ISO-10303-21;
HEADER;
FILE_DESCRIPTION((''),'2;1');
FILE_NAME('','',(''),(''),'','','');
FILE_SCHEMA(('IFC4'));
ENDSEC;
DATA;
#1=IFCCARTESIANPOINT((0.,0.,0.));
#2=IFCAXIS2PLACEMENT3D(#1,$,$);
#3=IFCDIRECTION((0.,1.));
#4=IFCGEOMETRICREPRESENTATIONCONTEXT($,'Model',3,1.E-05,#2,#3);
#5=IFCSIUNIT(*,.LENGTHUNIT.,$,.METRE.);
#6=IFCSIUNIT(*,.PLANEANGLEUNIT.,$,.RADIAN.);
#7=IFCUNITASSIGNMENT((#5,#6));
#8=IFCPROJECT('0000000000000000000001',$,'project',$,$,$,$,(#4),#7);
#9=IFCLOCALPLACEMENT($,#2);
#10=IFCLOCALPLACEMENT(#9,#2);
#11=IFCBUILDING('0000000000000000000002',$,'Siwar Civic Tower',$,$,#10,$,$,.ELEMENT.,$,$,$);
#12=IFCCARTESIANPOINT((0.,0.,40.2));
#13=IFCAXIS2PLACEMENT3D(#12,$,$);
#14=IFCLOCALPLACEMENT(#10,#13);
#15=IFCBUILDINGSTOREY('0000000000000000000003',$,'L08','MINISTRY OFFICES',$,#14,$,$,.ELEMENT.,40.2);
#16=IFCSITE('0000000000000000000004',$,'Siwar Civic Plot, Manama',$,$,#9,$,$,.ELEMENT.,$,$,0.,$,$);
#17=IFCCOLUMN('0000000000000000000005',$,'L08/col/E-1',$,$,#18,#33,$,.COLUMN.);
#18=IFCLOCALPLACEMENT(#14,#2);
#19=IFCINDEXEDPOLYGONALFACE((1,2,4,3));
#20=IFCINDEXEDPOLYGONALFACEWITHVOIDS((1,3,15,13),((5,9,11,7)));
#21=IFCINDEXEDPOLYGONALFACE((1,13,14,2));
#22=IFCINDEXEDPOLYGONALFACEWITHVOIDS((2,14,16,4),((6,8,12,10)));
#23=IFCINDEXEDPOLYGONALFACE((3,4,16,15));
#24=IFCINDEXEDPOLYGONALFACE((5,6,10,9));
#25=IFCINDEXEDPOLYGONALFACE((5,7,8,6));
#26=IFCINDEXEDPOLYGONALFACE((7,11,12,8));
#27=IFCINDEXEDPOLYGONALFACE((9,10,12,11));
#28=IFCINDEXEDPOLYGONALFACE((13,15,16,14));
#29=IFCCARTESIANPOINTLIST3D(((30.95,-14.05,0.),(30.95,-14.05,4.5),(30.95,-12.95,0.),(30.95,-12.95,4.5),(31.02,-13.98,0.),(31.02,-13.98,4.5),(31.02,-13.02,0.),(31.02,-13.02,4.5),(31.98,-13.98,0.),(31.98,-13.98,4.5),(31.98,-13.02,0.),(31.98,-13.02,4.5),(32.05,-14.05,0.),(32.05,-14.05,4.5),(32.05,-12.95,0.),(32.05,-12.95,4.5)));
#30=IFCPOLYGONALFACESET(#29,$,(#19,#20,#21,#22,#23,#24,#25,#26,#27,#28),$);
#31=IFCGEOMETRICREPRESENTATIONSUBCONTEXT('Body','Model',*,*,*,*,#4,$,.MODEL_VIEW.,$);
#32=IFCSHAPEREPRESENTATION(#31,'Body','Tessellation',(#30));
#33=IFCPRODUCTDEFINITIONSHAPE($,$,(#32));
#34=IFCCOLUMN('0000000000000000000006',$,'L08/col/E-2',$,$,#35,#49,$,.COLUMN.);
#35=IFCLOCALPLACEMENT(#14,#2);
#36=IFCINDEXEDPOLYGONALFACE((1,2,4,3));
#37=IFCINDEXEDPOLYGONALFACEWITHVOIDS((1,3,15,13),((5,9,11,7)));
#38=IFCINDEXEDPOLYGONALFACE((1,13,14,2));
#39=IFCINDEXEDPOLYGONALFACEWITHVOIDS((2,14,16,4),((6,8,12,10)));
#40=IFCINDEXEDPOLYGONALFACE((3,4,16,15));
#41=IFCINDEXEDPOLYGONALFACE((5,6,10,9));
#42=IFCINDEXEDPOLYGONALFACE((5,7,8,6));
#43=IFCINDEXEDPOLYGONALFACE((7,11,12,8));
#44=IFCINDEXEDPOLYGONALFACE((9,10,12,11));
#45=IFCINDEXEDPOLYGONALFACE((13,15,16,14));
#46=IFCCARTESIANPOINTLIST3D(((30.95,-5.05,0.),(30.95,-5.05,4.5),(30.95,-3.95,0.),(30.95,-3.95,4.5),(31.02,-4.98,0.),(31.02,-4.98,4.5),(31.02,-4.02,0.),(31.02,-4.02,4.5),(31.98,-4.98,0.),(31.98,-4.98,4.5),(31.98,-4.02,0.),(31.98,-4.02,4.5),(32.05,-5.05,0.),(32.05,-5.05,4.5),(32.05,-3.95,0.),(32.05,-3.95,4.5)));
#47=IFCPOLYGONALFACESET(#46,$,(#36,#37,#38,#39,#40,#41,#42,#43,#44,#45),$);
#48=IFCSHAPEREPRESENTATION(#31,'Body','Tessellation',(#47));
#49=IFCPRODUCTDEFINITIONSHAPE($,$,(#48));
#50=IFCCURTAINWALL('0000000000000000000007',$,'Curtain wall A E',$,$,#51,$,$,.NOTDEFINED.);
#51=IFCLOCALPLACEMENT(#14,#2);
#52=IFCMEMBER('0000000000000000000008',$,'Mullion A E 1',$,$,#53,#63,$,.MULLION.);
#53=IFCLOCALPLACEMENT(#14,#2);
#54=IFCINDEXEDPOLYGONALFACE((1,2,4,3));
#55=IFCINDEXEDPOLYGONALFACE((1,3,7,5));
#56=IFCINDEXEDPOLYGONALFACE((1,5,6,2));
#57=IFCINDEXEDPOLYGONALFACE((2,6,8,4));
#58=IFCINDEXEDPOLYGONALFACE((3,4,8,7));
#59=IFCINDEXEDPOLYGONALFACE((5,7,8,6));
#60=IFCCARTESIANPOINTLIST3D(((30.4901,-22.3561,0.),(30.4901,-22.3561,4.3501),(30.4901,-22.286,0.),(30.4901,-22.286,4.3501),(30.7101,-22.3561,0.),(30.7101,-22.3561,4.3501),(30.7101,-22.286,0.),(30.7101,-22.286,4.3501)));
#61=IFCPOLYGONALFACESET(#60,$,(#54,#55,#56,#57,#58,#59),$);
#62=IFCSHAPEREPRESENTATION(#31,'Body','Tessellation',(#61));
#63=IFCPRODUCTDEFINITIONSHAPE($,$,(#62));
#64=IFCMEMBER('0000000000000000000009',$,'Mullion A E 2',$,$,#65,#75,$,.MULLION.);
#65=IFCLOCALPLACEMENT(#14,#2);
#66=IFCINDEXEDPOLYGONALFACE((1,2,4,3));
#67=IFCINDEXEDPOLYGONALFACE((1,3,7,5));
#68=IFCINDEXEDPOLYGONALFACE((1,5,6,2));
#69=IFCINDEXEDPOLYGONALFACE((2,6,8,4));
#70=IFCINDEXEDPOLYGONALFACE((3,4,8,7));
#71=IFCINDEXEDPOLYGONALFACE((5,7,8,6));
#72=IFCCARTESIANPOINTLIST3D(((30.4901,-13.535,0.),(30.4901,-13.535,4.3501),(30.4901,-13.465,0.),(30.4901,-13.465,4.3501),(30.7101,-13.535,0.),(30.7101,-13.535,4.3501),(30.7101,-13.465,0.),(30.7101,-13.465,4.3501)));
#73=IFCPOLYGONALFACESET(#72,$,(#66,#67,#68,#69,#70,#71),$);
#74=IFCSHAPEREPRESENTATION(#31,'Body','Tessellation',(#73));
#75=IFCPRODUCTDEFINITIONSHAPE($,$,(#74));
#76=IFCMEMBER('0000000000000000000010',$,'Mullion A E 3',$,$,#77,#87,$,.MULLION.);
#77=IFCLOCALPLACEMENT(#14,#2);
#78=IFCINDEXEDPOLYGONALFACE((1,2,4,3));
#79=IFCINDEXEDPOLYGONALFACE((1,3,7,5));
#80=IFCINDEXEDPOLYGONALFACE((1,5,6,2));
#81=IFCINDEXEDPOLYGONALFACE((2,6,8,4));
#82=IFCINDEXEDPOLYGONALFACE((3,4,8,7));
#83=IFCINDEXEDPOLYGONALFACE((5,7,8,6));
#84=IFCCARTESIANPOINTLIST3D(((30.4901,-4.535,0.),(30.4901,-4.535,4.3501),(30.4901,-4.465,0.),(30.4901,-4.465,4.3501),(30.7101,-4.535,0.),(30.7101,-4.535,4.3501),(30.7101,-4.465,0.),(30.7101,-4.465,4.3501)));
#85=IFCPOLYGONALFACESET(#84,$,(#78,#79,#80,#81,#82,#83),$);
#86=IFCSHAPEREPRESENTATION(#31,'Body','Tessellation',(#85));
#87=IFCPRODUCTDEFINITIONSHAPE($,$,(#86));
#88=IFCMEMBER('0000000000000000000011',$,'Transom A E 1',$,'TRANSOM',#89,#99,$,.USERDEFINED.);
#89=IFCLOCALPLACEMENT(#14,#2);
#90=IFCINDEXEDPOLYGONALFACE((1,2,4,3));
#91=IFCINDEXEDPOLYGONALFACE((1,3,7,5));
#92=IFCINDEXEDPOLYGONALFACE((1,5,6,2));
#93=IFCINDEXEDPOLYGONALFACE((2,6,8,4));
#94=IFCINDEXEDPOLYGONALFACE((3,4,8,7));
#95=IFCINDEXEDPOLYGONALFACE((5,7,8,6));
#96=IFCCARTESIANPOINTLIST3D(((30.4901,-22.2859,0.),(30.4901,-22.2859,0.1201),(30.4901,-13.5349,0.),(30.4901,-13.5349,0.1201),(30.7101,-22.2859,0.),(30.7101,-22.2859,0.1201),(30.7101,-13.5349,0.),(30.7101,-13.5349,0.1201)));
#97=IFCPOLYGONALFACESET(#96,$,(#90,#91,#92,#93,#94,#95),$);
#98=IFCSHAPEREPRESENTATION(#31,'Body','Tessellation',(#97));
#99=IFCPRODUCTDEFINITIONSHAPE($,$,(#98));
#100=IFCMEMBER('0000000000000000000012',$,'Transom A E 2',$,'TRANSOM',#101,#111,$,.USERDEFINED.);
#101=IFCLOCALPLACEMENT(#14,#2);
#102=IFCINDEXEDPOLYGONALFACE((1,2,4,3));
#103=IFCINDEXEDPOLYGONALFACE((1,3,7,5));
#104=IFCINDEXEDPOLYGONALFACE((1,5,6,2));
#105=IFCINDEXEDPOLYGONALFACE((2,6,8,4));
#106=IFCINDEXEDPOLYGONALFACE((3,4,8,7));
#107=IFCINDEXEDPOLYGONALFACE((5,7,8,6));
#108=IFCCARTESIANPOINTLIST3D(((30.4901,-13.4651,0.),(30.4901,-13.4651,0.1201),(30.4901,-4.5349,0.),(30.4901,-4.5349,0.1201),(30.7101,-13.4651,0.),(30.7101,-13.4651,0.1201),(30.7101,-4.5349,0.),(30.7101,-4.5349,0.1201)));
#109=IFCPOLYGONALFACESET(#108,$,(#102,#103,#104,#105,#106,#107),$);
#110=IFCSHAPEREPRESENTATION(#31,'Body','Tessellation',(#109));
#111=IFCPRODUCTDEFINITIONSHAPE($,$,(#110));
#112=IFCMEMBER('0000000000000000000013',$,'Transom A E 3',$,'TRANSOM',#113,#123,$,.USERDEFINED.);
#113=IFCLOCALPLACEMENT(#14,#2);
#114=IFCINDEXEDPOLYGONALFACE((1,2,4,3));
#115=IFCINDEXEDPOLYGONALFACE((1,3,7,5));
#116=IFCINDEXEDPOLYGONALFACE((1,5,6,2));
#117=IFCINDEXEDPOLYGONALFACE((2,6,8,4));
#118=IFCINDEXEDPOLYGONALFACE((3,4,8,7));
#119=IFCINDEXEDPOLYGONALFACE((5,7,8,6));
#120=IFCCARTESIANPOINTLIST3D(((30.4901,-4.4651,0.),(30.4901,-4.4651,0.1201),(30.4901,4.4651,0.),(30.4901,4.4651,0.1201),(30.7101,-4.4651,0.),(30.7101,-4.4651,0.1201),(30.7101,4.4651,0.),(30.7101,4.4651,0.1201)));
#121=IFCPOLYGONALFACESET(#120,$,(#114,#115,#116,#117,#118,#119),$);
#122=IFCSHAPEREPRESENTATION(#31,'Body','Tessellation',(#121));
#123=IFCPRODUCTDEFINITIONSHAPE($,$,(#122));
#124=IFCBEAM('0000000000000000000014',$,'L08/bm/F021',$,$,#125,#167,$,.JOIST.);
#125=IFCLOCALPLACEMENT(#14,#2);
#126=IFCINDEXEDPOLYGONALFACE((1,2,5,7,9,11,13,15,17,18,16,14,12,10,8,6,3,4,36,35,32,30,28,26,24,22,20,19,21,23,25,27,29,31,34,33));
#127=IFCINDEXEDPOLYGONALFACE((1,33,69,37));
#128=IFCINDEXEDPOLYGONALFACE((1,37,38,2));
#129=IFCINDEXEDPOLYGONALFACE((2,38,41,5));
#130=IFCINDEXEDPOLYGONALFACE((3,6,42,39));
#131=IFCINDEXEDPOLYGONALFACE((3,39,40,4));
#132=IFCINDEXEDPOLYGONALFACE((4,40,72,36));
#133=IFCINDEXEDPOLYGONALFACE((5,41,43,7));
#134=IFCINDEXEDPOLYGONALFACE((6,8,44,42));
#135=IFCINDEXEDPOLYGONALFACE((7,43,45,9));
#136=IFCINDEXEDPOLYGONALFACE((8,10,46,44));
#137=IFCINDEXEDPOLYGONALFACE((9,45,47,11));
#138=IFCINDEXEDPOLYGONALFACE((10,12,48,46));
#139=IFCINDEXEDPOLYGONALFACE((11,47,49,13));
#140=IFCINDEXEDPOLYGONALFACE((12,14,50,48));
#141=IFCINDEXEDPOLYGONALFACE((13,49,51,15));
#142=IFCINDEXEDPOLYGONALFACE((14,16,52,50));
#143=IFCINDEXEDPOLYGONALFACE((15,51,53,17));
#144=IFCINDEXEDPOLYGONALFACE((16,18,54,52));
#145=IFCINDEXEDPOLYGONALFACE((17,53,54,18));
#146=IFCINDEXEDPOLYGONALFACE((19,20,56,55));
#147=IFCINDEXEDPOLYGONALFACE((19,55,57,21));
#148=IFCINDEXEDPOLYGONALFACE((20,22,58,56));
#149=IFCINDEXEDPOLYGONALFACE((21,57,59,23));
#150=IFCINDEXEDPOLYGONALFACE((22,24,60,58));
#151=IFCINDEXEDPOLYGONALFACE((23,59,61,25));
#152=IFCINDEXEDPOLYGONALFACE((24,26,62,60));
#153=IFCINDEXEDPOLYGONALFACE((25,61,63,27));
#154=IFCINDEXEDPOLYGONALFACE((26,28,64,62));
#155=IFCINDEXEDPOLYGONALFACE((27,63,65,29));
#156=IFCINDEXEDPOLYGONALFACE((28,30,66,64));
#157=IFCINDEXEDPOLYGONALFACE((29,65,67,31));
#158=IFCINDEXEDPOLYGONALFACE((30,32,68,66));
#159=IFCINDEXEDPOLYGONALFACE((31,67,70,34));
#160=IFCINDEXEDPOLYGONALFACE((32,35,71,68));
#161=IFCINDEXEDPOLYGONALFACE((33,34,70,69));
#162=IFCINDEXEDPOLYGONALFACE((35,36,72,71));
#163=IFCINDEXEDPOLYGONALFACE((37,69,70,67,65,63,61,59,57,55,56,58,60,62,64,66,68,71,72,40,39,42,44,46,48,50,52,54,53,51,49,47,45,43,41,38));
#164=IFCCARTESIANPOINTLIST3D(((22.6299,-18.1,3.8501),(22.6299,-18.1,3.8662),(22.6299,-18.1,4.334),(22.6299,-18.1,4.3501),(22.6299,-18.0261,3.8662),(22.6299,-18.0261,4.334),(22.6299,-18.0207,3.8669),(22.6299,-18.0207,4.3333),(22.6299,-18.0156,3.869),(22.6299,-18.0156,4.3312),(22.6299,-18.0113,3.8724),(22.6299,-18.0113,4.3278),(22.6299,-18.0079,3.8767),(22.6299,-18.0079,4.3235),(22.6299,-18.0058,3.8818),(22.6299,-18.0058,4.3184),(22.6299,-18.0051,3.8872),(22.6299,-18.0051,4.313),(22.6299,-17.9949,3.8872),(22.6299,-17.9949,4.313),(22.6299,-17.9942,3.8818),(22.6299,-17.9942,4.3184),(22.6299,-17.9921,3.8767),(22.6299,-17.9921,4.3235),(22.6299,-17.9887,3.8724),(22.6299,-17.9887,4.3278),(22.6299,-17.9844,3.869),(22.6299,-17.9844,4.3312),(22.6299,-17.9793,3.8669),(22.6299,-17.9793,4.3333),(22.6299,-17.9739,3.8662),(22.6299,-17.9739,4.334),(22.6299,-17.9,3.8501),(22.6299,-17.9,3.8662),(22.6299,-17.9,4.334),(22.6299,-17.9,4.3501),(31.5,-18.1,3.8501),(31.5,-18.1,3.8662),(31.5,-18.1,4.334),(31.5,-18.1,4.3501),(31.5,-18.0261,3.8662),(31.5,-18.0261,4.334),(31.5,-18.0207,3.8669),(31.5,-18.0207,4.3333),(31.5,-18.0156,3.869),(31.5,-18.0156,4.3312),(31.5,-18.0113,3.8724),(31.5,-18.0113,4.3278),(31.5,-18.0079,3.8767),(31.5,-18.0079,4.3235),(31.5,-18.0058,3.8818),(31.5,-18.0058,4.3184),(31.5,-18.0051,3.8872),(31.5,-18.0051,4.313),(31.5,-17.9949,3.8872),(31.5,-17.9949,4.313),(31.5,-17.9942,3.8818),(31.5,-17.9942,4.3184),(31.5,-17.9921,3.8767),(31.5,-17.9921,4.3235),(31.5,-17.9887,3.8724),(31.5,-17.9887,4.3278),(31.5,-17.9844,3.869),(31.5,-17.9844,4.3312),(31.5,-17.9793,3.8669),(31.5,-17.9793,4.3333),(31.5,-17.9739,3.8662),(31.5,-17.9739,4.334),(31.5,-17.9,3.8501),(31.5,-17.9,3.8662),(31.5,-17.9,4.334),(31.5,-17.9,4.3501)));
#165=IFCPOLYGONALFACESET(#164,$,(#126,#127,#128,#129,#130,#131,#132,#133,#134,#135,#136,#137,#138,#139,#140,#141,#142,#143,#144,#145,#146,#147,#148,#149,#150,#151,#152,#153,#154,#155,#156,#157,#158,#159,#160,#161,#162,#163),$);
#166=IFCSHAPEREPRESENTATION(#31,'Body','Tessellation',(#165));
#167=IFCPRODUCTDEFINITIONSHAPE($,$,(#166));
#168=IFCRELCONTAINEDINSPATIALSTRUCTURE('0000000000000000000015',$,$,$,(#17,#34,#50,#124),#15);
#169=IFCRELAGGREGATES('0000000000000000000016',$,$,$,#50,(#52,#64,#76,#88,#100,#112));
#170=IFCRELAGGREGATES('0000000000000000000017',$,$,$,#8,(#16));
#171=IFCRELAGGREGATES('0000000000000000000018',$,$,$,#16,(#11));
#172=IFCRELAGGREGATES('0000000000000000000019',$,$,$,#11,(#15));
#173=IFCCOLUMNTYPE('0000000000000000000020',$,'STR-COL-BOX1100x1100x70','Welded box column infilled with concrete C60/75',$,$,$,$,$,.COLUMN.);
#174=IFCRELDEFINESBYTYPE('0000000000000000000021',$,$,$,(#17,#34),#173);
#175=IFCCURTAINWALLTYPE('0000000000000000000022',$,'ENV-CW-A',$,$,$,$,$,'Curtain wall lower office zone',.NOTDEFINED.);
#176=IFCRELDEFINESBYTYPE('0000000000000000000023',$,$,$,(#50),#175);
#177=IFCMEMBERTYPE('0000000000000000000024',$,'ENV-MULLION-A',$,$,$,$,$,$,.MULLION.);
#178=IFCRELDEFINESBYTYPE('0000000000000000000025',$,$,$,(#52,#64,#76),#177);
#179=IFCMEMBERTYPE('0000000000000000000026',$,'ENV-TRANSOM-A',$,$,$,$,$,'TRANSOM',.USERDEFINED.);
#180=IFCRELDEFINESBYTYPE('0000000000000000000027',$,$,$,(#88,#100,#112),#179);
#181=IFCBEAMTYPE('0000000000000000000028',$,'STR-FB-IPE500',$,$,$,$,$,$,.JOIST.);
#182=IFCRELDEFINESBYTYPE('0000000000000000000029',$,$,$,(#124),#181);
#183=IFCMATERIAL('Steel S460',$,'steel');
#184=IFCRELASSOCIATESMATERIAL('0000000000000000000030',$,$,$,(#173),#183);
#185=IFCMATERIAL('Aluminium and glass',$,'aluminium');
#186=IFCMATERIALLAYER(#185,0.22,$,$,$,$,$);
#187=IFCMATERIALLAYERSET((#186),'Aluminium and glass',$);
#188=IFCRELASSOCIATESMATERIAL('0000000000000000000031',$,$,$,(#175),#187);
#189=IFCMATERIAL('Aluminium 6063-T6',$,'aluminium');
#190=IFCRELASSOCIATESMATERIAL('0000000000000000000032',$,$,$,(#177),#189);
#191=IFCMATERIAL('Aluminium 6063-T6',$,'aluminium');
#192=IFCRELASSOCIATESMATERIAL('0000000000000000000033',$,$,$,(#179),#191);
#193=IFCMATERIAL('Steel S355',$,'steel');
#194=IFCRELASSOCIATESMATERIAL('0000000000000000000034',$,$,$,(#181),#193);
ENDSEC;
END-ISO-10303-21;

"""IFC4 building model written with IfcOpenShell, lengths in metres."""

from ifc_helpers import new_model, si_unit, direction, frame, origin, origin_2d, place, context, subcontext, project, spatial, rectangle, hollow_rectangle, i_section, extrude, material, layer, layer_set, material_profile, profile_set, type_object, element, aggregate, save


model = new_model("IFC4")

# Units and contexts
model_context = context("Model", 3, precision=1e-05, world=origin(), true_north=direction((0.0, 1.0)))
body_context = subcontext(model_context, "Body", "Model", "MODEL_VIEW")
ifc_project = project(units=[si_unit("LENGTHUNIT", "METRE"), si_unit("PLANEANGLEUNIT", "RADIAN")], contexts=[model_context])

# Site, building, storey
site_placement = place(None, origin())
site = spatial("IfcSite", under=ifc_project, at=site_placement, Name="Siwar Civic Plot, Manama", CompositionType="ELEMENT", RefElevation=0.0)
building_placement = place(site_placement, origin())
building = spatial("IfcBuilding", under=site, at=building_placement, Name="Siwar Civic Tower", CompositionType="ELEMENT")
storey_placement = place(building_placement, frame((0.0, 0.0, 40.2)))
storey = spatial("IfcBuildingStorey", under=building, at=storey_placement, Name="L08", Description="MINISTRY OFFICES", CompositionType="ELEMENT", Elevation=40.2)

# Columns
ifc_material_1 = material(Name="Steel S460", Category="steel")
ifc_material_profile_1 = material_profile(ifc_material_1, hollow_rectangle(XDim=1.1001, YDim=1.1001, WallThickness=0.0701, at=origin_2d()), Name="BOX1100x1100x70")
ifc_profile_set_1 = profile_set([ifc_material_profile_1], Name="Steel S460")
column_type = type_object("IfcColumnType", Name="STR-COL-BOX1100x1100x70", Description="Welded box column infilled with concrete C60/75", PredefinedType="COLUMN", material=ifc_profile_set_1)
for number, where, z_axis, x_axis, name in (
    (1, (31.5, -13.5, 0.0), (0.0, 0.0, 1.0), (1.0, 0.0, 0.0), "L08/col/E-1"),
    (2, (31.5, -4.5, 0.0), (0.0, 0.0, 1.0), (1.0, 0.0, 0.0), "L08/col/E-2"),
):
    element("IfcColumn", number, at=place(storey_placement, frame(where, z_axis=z_axis, x_axis=x_axis)), inside=storey, type_object=column_type, Name=name, PredefinedType="COLUMN", context=body_context, shape_type="SweptSolid", body=[
        extrude(hollow_rectangle(XDim=1.1001, YDim=1.1001, WallThickness=0.0701, at=origin_2d()), origin(), (0.0, 0.0, 1.0), 4.5),
    ])

# Curtain wall, members
ifc_material_2 = material(Name="Aluminium and glass", Category="aluminium")
ifc_layer_1 = layer(ifc_material_2, 0.22)
ifc_layer_set_1 = layer_set([ifc_layer_1], Name="Aluminium and glass")
curtain_wall_type = type_object("IfcCurtainWallType", Name="ENV-CW-A", ElementType="Curtain wall lower office zone", PredefinedType="NOTDEFINED", material=ifc_layer_set_1)
curtain_wall_placement = place(storey_placement, origin())
curtain_wall = element("IfcCurtainWall", 3, at=curtain_wall_placement, inside=storey, type_object=curtain_wall_type, Name="Curtain wall A E", PredefinedType="NOTDEFINED")
ifc_material_3 = material(Name="Aluminium 6063-T6", Category="aluminium")
ifc_material_profile_2 = material_profile(ifc_material_3, rectangle(XDim=0.22, YDim=0.0701, at=origin_2d()), Name="AL 220x70")
ifc_profile_set_2 = profile_set([ifc_material_profile_2], Name="Aluminium 6063-T6")
member_type_1 = type_object("IfcMemberType", Name="ENV-MULLION-A", PredefinedType="MULLION", material=ifc_profile_set_2)
member_1_placement = place(storey_placement, frame((30.6001, -22.321, 0.0), z_axis=(0.0, 0.0, 1.0), x_axis=(-1.0, 0.0, 0.0)))
member_1 = element("IfcMember", 4, at=member_1_placement, type_object=member_type_1, Name="Mullion A E 1", PredefinedType="MULLION", context=body_context, shape_type="SweptSolid", body=[
    extrude(rectangle(XDim=0.22, YDim=0.0701, at=origin_2d()), origin(), (0.0, 0.0, 1.0), 4.3501),
])
member_2_placement = place(storey_placement, frame((30.6001, -13.5, 0.0), z_axis=(0.0, 0.0, 1.0), x_axis=(-1.0, 0.0, 0.0)))
member_2 = element("IfcMember", 5, at=member_2_placement, type_object=member_type_1, Name="Mullion A E 2", PredefinedType="MULLION", context=body_context, shape_type="SweptSolid", body=[
    extrude(rectangle(XDim=0.22, YDim=0.0701, at=origin_2d()), origin(), (0.0, 0.0, 1.0), 4.3501),
])
member_3_placement = place(storey_placement, frame((30.6001, -4.5, 0.0), z_axis=(0.0, 0.0, 1.0), x_axis=(-1.0, 0.0, 0.0)))
member_3 = element("IfcMember", 6, at=member_3_placement, type_object=member_type_1, Name="Mullion A E 3", PredefinedType="MULLION", context=body_context, shape_type="SweptSolid", body=[
    extrude(rectangle(XDim=0.22, YDim=0.0701, at=origin_2d()), origin(), (0.0, 0.0, 1.0), 4.3501),
])
ifc_material_4 = material(Name="Aluminium 6063-T6", Category="aluminium")
ifc_material_profile_3 = material_profile(ifc_material_4, rectangle(XDim=0.22, YDim=0.1201, at=origin_2d()), Name="AL 220x120")
ifc_profile_set_3 = profile_set([ifc_material_profile_3], Name="Aluminium 6063-T6")
member_type_2 = type_object("IfcMemberType", Name="ENV-TRANSOM-A", ElementType="TRANSOM", PredefinedType="USERDEFINED", material=ifc_profile_set_3)
member_4_placement = place(storey_placement, frame((30.6001, -22.2859, 0.0601), z_axis=(0.0, 1.0, 0.0), x_axis=(-1.0, 0.0, 0.0)))
member_4 = element("IfcMember", 7, at=member_4_placement, type_object=member_type_2, Name="Transom A E 1", ObjectType="TRANSOM", PredefinedType="USERDEFINED", context=body_context, shape_type="SweptSolid", body=[
    extrude(rectangle(XDim=0.22, YDim=0.1201, at=origin_2d()), origin(), (0.0, 0.0, 1.0), 8.751),
])
member_5_placement = place(storey_placement, frame((30.6001, -13.4651, 0.0601), z_axis=(0.0, 1.0, 0.0), x_axis=(-1.0, 0.0, 0.0)))
member_5 = element("IfcMember", 8, at=member_5_placement, type_object=member_type_2, Name="Transom A E 2", ObjectType="TRANSOM", PredefinedType="USERDEFINED", context=body_context, shape_type="SweptSolid", body=[
    extrude(rectangle(XDim=0.22, YDim=0.1201, at=origin_2d()), origin(), (0.0, 0.0, 1.0), 8.9302),
])
member_6_placement = place(storey_placement, frame((30.6001, -4.4651, 0.0601), z_axis=(0.0, 1.0, 0.0), x_axis=(-1.0, 0.0, 0.0)))
member_6 = element("IfcMember", 9, at=member_6_placement, type_object=member_type_2, Name="Transom A E 3", ObjectType="TRANSOM", PredefinedType="USERDEFINED", context=body_context, shape_type="SweptSolid", body=[
    extrude(rectangle(XDim=0.22, YDim=0.1201, at=origin_2d()), origin(), (0.0, 0.0, 1.0), 8.9302),
])

# Beam
ifc_material_5 = material(Name="Steel S355", Category="steel")
ifc_material_profile_4 = material_profile(ifc_material_5, i_section(OverallWidth=0.2, OverallDepth=0.5, WebThickness=0.0103, FlangeThickness=0.0161, FilletRadius=0.021, at=origin_2d()), Name="IPE500")
ifc_profile_set_4 = profile_set([ifc_material_profile_4], Name="Steel S355")
beam_type_1 = type_object("IfcBeamType", Name="STR-FB-IPE500", PredefinedType="JOIST", material=ifc_profile_set_4)
beam_1_placement = place(storey_placement, frame((22.6299, -18.0, 4.1001), z_axis=(1.0, 0.0, 0.0), x_axis=(0.0, 1.0, 0.0)))
element("IfcBeam", 10, at=beam_1_placement, inside=storey, type_object=beam_type_1, Name="L08/bm/F021", PredefinedType="JOIST", context=body_context, shape_type="SweptSolid", body=[
    extrude(i_section(OverallWidth=0.2, OverallDepth=0.5, WebThickness=0.0103, FlangeThickness=0.0161, FilletRadius=0.021, at=origin_2d()), origin(), (0.0, 0.0, 1.0), 8.8701),
])

aggregate(curtain_wall, [member_1, member_2, member_3, member_4, member_5, member_6])

save(model, "model.ifc")
